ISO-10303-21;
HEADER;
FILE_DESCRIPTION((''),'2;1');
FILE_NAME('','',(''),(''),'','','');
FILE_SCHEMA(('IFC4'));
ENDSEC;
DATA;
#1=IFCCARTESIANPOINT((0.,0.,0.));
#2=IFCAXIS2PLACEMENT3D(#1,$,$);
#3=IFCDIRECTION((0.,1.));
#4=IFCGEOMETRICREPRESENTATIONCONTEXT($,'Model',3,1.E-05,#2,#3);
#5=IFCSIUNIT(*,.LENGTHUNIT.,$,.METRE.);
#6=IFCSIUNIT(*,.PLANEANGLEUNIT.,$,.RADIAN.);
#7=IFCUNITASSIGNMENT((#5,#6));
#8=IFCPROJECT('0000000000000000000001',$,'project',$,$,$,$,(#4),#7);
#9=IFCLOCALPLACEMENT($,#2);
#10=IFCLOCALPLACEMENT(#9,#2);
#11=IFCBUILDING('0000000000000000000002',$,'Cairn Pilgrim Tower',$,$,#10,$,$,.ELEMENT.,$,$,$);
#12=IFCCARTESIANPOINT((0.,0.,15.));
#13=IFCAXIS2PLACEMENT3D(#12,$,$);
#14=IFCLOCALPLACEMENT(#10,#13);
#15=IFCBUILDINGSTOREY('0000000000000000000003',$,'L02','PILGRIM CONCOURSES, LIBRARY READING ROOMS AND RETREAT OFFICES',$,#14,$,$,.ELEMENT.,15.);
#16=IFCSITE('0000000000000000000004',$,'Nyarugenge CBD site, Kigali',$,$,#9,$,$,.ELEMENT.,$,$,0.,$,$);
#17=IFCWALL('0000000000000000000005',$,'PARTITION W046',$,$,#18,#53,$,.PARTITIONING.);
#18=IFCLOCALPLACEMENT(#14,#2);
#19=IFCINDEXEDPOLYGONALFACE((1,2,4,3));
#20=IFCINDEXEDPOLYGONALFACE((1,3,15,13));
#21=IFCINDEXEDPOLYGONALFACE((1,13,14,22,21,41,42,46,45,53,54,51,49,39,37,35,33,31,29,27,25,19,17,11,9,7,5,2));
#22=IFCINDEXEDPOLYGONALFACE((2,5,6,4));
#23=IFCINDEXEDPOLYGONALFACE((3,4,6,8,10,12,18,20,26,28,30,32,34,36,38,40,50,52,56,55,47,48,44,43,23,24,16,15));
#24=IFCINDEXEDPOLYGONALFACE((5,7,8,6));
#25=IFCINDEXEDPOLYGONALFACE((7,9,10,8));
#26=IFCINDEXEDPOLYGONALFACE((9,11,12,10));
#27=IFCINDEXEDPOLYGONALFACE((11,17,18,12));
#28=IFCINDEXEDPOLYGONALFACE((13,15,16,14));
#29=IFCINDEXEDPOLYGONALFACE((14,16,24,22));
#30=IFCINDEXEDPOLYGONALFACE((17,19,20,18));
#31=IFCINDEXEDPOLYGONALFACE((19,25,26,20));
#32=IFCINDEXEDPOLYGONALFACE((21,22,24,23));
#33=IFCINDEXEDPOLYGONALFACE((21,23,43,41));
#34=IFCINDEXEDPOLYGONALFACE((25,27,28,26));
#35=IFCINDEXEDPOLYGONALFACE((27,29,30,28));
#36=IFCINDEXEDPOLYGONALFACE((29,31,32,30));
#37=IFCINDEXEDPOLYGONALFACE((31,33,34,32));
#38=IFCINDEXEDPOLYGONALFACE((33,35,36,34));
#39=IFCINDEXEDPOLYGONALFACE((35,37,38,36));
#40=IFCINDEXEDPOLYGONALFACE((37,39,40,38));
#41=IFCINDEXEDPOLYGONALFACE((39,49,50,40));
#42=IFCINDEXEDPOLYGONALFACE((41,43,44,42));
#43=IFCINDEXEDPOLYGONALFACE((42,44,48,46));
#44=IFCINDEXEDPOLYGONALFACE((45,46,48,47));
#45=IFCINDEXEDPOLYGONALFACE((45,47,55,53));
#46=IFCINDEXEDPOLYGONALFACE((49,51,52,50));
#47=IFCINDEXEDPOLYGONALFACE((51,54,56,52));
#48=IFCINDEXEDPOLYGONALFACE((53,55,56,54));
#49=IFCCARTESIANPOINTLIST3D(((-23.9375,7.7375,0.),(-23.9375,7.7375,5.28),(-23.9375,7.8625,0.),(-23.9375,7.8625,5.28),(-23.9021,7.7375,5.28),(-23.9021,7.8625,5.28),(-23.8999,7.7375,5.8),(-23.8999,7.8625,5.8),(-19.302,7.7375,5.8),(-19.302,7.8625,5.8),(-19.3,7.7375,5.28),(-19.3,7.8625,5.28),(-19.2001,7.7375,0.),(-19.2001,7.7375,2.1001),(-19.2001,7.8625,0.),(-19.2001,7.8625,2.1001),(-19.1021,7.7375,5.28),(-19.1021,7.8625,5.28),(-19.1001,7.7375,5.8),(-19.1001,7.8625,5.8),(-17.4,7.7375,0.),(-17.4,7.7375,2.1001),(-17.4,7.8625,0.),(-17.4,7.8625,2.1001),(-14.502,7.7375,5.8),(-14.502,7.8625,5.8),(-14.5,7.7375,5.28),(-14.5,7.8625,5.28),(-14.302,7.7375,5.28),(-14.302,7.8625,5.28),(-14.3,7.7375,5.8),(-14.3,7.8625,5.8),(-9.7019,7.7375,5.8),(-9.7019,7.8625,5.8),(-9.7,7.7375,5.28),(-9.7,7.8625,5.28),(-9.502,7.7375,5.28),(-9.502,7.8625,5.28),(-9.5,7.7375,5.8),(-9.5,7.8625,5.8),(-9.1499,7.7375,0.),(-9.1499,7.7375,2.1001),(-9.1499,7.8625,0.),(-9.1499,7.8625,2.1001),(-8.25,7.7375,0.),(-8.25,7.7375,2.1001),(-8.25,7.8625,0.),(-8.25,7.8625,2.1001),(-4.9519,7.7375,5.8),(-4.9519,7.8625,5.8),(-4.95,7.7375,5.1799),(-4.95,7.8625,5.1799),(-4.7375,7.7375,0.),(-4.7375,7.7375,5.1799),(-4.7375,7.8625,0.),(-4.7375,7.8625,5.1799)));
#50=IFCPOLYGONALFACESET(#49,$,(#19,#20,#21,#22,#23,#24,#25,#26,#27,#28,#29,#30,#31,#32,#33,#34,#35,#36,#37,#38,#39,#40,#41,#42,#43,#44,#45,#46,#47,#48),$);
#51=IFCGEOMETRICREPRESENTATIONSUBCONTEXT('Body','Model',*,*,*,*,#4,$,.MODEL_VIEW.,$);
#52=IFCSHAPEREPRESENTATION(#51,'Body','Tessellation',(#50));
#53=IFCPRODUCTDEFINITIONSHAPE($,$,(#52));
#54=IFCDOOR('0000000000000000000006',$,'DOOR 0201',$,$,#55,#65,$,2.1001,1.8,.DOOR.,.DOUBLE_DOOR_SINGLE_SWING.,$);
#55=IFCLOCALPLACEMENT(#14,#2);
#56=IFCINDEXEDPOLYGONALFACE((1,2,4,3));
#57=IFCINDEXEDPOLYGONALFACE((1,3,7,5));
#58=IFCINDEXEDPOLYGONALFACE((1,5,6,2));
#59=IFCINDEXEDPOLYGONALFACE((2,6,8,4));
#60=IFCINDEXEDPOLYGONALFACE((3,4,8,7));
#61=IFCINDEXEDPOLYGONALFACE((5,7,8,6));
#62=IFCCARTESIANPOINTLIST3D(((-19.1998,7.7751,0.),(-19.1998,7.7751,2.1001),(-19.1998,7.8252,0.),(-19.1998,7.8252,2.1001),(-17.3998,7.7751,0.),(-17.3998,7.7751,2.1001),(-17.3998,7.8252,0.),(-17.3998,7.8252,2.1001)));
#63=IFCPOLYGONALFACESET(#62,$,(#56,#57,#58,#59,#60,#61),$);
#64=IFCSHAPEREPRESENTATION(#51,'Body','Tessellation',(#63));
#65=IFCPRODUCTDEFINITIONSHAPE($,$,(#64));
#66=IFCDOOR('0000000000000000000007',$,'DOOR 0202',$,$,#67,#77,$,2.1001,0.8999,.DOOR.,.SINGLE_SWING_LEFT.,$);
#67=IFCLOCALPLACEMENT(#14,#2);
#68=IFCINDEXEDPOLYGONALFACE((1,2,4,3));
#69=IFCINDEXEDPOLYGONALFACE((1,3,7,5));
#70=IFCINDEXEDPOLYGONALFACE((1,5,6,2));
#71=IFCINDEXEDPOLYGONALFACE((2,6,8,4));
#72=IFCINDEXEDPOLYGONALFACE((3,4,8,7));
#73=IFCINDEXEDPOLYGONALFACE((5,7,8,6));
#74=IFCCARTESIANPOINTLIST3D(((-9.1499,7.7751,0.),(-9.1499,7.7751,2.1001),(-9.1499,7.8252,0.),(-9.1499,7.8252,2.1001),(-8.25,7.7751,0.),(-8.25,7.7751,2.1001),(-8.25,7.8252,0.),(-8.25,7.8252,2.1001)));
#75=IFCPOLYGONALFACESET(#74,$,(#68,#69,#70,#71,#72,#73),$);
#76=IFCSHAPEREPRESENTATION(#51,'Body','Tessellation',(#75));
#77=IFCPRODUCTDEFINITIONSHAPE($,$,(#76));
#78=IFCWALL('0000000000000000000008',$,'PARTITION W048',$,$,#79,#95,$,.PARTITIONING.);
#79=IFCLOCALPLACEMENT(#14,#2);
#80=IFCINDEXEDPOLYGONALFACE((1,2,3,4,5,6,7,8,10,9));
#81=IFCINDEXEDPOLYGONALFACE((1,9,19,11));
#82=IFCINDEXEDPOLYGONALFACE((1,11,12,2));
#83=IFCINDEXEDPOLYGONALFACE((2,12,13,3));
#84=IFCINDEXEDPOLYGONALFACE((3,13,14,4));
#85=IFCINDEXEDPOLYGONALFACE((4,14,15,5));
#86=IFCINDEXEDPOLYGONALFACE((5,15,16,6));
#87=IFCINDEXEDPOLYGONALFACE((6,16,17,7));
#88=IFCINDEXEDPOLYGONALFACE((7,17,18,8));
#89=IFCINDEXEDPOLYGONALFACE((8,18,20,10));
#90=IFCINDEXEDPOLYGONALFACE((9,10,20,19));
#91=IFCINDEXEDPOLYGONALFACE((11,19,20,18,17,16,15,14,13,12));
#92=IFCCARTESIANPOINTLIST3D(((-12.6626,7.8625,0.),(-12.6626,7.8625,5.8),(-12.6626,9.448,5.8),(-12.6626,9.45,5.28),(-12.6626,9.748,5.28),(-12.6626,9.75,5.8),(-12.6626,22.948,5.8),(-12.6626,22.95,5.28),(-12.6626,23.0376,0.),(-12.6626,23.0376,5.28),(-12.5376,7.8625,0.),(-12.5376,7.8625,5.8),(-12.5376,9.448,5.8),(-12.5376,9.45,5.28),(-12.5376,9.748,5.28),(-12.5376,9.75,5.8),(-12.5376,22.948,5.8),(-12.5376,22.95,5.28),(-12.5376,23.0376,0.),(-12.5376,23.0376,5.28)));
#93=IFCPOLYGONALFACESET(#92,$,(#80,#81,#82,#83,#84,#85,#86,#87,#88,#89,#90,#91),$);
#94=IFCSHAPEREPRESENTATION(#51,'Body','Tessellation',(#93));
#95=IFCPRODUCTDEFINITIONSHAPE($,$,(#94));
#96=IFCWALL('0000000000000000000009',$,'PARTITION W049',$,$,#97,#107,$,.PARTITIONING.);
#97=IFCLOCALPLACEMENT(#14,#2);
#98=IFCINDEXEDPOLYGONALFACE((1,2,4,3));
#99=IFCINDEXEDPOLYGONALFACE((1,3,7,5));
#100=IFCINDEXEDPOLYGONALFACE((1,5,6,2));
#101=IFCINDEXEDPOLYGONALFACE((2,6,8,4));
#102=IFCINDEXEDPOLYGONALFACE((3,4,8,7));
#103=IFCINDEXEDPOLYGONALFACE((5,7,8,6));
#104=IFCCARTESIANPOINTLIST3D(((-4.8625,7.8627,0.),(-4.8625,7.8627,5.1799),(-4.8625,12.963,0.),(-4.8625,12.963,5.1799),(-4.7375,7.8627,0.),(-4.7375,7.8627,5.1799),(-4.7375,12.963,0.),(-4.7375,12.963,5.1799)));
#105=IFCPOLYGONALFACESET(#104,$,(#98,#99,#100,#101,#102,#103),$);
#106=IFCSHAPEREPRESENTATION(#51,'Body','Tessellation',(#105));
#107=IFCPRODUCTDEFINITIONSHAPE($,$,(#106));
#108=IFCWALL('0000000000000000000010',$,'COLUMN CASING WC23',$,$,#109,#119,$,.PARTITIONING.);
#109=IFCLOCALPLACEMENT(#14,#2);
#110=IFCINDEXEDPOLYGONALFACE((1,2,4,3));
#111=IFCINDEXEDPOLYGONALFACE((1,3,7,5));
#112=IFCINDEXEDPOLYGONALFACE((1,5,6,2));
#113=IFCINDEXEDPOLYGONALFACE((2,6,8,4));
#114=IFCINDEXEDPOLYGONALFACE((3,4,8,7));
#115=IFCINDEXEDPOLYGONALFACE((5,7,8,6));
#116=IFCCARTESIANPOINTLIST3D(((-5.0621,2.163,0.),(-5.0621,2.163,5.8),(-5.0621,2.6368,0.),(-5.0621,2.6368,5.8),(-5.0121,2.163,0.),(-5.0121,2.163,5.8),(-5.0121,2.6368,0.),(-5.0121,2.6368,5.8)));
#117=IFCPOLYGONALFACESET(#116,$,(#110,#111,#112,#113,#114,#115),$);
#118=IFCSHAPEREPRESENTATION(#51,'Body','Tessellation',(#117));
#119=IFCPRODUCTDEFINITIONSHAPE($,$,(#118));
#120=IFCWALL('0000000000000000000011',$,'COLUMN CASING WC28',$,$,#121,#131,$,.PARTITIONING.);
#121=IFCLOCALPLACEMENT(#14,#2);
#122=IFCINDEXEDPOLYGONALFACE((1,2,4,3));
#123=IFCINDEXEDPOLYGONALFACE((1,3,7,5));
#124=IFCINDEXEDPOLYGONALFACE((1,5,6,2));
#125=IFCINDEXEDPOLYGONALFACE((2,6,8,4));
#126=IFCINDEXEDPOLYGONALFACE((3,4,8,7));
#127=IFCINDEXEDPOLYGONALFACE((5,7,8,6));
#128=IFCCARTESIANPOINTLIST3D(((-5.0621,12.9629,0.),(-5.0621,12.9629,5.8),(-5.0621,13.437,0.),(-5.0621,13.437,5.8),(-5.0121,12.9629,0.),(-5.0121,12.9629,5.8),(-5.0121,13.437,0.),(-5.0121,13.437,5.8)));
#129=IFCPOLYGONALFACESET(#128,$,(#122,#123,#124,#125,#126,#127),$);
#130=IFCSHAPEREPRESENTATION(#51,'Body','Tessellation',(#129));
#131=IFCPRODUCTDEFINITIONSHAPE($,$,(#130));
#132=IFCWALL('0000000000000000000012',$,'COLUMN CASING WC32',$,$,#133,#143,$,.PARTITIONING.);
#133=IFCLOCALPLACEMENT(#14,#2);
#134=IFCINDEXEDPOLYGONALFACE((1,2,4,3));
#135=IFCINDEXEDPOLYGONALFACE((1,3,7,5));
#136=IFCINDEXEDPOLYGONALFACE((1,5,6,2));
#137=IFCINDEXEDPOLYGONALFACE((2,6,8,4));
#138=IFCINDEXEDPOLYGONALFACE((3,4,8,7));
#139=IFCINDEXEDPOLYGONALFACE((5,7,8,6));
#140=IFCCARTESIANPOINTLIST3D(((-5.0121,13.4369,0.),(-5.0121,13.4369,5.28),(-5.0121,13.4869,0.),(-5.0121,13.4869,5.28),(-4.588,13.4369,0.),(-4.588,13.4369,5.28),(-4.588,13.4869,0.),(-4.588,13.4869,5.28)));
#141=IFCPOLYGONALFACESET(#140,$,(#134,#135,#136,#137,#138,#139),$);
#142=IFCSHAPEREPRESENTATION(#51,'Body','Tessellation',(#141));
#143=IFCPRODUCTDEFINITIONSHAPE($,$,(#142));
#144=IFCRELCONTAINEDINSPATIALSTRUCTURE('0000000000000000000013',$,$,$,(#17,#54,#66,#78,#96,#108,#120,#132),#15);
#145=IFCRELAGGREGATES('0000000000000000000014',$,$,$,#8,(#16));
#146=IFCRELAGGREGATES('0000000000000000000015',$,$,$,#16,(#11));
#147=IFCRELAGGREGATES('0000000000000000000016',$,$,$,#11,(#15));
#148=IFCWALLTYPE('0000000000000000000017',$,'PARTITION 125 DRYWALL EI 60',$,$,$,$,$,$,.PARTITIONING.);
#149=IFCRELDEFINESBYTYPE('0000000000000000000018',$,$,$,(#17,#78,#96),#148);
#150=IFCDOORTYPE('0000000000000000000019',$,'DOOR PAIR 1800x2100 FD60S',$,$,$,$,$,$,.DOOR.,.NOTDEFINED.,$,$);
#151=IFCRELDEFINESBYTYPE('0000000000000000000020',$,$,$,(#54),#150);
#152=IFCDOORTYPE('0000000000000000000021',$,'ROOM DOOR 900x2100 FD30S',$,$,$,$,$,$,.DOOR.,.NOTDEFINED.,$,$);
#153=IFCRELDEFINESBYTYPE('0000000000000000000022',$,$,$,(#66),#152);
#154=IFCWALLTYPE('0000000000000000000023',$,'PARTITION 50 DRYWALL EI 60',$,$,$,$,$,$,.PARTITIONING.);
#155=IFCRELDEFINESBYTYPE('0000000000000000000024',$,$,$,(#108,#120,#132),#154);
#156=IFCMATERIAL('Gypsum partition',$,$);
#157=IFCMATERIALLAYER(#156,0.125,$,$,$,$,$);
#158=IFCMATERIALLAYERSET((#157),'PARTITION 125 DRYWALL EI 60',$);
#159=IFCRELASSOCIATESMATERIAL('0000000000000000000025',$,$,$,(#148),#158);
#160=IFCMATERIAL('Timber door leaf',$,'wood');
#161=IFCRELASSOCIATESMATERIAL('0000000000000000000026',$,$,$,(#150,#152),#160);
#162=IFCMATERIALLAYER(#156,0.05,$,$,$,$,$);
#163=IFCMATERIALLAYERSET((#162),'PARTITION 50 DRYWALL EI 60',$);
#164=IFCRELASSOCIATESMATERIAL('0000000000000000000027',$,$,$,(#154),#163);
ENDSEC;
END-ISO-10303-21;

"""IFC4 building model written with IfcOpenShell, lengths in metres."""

from ifc_helpers import new_model, si_unit, direction, frame, frame_2d, origin, place, context, subcontext, project, spatial, polyline, rectangle, outline, extrude, material, layer, layer_set, type_object, element, fill, save


model = new_model("IFC4")

# Units and contexts
model_context = context("Model", 3, precision=1e-05, world=origin(), true_north=direction((0.0, 1.0)))
body_context = subcontext(model_context, "Body", "Model", "MODEL_VIEW")
ifc_project = project(units=[si_unit("LENGTHUNIT", "METRE"), si_unit("PLANEANGLEUNIT", "RADIAN")], contexts=[model_context])

# Site, building, storey
site_placement = place(None, origin())
site = spatial("IfcSite", under=ifc_project, at=site_placement, Name="Nyarugenge CBD site, Kigali", CompositionType="ELEMENT", RefElevation=0.0)
building_placement = place(site_placement, origin())
building = spatial("IfcBuilding", under=site, at=building_placement, Name="Cairn Pilgrim Tower", CompositionType="ELEMENT")
storey_placement = place(building_placement, frame((0.0, 0.0, 15.0)))
storey = spatial("IfcBuildingStorey", under=building, at=storey_placement, Name="L02", Description="PILGRIM CONCOURSES, LIBRARY READING ROOMS AND RETREAT OFFICES", CompositionType="ELEMENT", Elevation=15.0)

# Shared definitions
ifc_material_1 = material(Name="Gypsum partition")
ifc_layer_1 = layer(ifc_material_1, 0.125)
ifc_layer_set_1 = layer_set([ifc_layer_1], Name="PARTITION 125 DRYWALL EI 60")
wall_type_1 = type_object("IfcWallType", Name="PARTITION 125 DRYWALL EI 60", PredefinedType="PARTITIONING", material=ifc_layer_set_1)

# Shared definitions
ifc_material_2 = material(Name="Timber door leaf", Category="wood")
door_type_1 = type_object("IfcDoorType", Name="DOOR PAIR 1800x2100 FD60S", OperationType="NOTDEFINED", PredefinedType="DOOR", material=ifc_material_2)

# Wall, openings, doors
wall_1_placement = place(storey_placement, frame((-23.9375, 7.8, 0.0), z_axis=(0.0, 0.0, 1.0), x_axis=(1.0, 0.0, 0.0)))
wall_1 = element("IfcWall", 1, at=wall_1_placement, inside=storey, type_object=wall_type_1, Name="PARTITION W046", PredefinedType="PARTITIONING", context=body_context, shape_type="SweptSolid", body=[
    extrude(outline(polyline([(0.0, 0.0), (19.2, 0.0), (19.2, 5.1799), (18.9875, 5.1799), (18.9856, 5.8), (14.4375, 5.8), (14.4355, 5.28), (14.2375, 5.28), (14.2356, 5.8), (9.6375, 5.8), (9.6355, 5.28), (9.4375, 5.28), (9.4355, 5.8), (4.8374, 5.8), (4.8354, 5.28), (4.6375, 5.28), (4.6355, 5.8), (0.0376, 5.8), (0.0354, 5.28), (0.0, 5.28), (0.0, 0.0)])), frame((0.0, 0.0625, 0.0), z_axis=(0.0, -1.0, 0.0), x_axis=(1.0, 0.0, 0.0)), (0.0, 0.0, 1.0), 0.125),
])
opening_1_placement = place(wall_1_placement, frame((4.7375, 0.0, 0.0)))
opening_1 = element("IfcOpeningElement", 2, at=opening_1_placement, cuts=wall_1, PredefinedType="OPENING", context=body_context, shape_type="SweptSolid", body=[
    extrude(rectangle(XDim=1.8, YDim=2.1001, at=frame_2d((0.8999, 1.05))), frame((0.0, 0.0725, 0.0), z_axis=(0.0, -1.0, 0.0), x_axis=(1.0, 0.0, 0.0)), (0.0, 0.0, 1.0), 0.145),
])
opening_2_placement = place(wall_1_placement, frame((14.7876, 0.0, 0.0)))
opening_2 = element("IfcOpeningElement", 3, at=opening_2_placement, cuts=wall_1, PredefinedType="OPENING", context=body_context, shape_type="SweptSolid", body=[
    extrude(rectangle(XDim=0.8999, YDim=2.1001, at=frame_2d((0.45, 1.05))), frame((0.0, 0.0725, 0.0), z_axis=(0.0, -1.0, 0.0), x_axis=(1.0, 0.0, 0.0)), (0.0, 0.0, 1.0), 0.145),
])
door_1_placement = place(opening_1_placement, frame((1.8, 0.0, 0.0), z_axis=(0.0, 0.0, 1.0), x_axis=(-1.0, 0.0, 0.0)))
door_1 = element("IfcDoor", 4, at=door_1_placement, inside=storey, type_object=door_type_1, Name="DOOR 0201", OperationType="DOUBLE_DOOR_SINGLE_SWING", OverallHeight=2.1001, OverallWidth=1.8, PredefinedType="DOOR", context=body_context, shape_type="SweptSolid", body=[
    extrude(rectangle(XDim=1.8, YDim=2.1001, at=frame_2d((0.8999, 1.05))), frame((0.0, 0.0249, 0.0), z_axis=(0.0, -1.0, 0.0), x_axis=(1.0, 0.0, 0.0)), (0.0, 0.0, 1.0), 0.05),
])
fill(opening_1, door_1)
door_type_2 = type_object("IfcDoorType", Name="ROOM DOOR 900x2100 FD30S", OperationType="NOTDEFINED", PredefinedType="DOOR", material=ifc_material_2)
door_2_placement = place(opening_2_placement, frame((0.8999, 0.0, 0.0), z_axis=(0.0, 0.0, 1.0), x_axis=(-1.0, 0.0, 0.0)))
door_2 = element("IfcDoor", 5, at=door_2_placement, inside=storey, type_object=door_type_2, Name="DOOR 0202", OperationType="SINGLE_SWING_LEFT", OverallHeight=2.1001, OverallWidth=0.8999, PredefinedType="DOOR", context=body_context, shape_type="SweptSolid", body=[
    extrude(rectangle(XDim=0.8999, YDim=2.1001, at=frame_2d((0.45, 1.05))), frame((0.0, 0.0249, 0.0), z_axis=(0.0, -1.0, 0.0), x_axis=(1.0, 0.0, 0.0)), (0.0, 0.0, 1.0), 0.05),
])
fill(opening_2, door_2)

# Walls
wall_2_placement = place(storey_placement, frame((-12.6001, 7.8625, 0.0), z_axis=(0.0, 0.0, 1.0), x_axis=(0.0, 1.0, 0.0)))
element("IfcWall", 6, at=wall_2_placement, inside=storey, type_object=wall_type_1, Name="PARTITION W048", PredefinedType="PARTITIONING", context=body_context, shape_type="SweptSolid", body=[
    extrude(outline(polyline([(0.0, 0.0), (15.175, 0.0), (15.175, 5.28), (15.0874, 5.28), (15.0854, 5.8), (1.8875, 5.8), (1.8855, 5.28), (1.5874, 5.28), (1.5854, 5.8), (0.0, 5.8), (0.0, 0.0)])), frame((0.0, 0.0625, 0.0), z_axis=(0.0, -1.0, 0.0), x_axis=(1.0, 0.0, 0.0)), (0.0, 0.0, 1.0), 0.125),
])
wall_3_placement = place(storey_placement, frame((-4.8, 7.8625, 0.0), z_axis=(0.0, 0.0, 1.0), x_axis=(0.0, 1.0, 0.0)))
element("IfcWall", 7, at=wall_3_placement, inside=storey, type_object=wall_type_1, Name="PARTITION W049", PredefinedType="PARTITIONING", context=body_context, shape_type="SweptSolid", body=[
    extrude(rectangle(XDim=5.1003, YDim=0.125, at=frame_2d((2.5503, 0.0))), origin(), (0.0, 0.0, 1.0), 5.1799),
])
ifc_layer_2 = layer(ifc_material_1, 0.05)
ifc_layer_set_2 = layer_set([ifc_layer_2], Name="PARTITION 50 DRYWALL EI 60")
wall_type_2 = type_object("IfcWallType", Name="PARTITION 50 DRYWALL EI 60", PredefinedType="PARTITIONING", material=ifc_layer_set_2)
wall_4_placement = place(storey_placement, frame((-5.0371, 2.1631, 0.0), z_axis=(0.0, 0.0, 1.0), x_axis=(0.0, 1.0, 0.0)))
element("IfcWall", 8, at=wall_4_placement, inside=storey, type_object=wall_type_2, Name="COLUMN CASING WC23", PredefinedType="PARTITIONING", context=body_context, shape_type="SweptSolid", body=[
    extrude(rectangle(XDim=0.4739, YDim=0.05, at=frame_2d((0.2368, 0.0))), origin(), (0.0, 0.0, 1.0), 5.8),
])
wall_5_placement = place(storey_placement, frame((-5.0371, 12.9629, 0.0), z_axis=(0.0, 0.0, 1.0), x_axis=(0.0, 1.0, 0.0)))
element("IfcWall", 9, at=wall_5_placement, inside=storey, type_object=wall_type_2, Name="COLUMN CASING WC28", PredefinedType="PARTITIONING", context=body_context, shape_type="SweptSolid", body=[
    extrude(rectangle(XDim=0.4741, YDim=0.05, at=frame_2d((0.2371, 0.0))), origin(), (0.0, 0.0, 1.0), 5.8),
])
wall_6_placement = place(storey_placement, frame((-5.012, 13.4619, 0.0), z_axis=(0.0, 0.0, 1.0), x_axis=(1.0, 0.0, 0.0)))
element("IfcWall", 10, at=wall_6_placement, inside=storey, type_object=wall_type_2, Name="COLUMN CASING WC32", PredefinedType="PARTITIONING", context=body_context, shape_type="SweptSolid", body=[
    extrude(rectangle(XDim=0.4241, YDim=0.05, at=frame_2d((0.2119, 0.0))), origin(), (0.0, 0.0, 1.0), 5.28),
])

save(model, "model.ifc")
